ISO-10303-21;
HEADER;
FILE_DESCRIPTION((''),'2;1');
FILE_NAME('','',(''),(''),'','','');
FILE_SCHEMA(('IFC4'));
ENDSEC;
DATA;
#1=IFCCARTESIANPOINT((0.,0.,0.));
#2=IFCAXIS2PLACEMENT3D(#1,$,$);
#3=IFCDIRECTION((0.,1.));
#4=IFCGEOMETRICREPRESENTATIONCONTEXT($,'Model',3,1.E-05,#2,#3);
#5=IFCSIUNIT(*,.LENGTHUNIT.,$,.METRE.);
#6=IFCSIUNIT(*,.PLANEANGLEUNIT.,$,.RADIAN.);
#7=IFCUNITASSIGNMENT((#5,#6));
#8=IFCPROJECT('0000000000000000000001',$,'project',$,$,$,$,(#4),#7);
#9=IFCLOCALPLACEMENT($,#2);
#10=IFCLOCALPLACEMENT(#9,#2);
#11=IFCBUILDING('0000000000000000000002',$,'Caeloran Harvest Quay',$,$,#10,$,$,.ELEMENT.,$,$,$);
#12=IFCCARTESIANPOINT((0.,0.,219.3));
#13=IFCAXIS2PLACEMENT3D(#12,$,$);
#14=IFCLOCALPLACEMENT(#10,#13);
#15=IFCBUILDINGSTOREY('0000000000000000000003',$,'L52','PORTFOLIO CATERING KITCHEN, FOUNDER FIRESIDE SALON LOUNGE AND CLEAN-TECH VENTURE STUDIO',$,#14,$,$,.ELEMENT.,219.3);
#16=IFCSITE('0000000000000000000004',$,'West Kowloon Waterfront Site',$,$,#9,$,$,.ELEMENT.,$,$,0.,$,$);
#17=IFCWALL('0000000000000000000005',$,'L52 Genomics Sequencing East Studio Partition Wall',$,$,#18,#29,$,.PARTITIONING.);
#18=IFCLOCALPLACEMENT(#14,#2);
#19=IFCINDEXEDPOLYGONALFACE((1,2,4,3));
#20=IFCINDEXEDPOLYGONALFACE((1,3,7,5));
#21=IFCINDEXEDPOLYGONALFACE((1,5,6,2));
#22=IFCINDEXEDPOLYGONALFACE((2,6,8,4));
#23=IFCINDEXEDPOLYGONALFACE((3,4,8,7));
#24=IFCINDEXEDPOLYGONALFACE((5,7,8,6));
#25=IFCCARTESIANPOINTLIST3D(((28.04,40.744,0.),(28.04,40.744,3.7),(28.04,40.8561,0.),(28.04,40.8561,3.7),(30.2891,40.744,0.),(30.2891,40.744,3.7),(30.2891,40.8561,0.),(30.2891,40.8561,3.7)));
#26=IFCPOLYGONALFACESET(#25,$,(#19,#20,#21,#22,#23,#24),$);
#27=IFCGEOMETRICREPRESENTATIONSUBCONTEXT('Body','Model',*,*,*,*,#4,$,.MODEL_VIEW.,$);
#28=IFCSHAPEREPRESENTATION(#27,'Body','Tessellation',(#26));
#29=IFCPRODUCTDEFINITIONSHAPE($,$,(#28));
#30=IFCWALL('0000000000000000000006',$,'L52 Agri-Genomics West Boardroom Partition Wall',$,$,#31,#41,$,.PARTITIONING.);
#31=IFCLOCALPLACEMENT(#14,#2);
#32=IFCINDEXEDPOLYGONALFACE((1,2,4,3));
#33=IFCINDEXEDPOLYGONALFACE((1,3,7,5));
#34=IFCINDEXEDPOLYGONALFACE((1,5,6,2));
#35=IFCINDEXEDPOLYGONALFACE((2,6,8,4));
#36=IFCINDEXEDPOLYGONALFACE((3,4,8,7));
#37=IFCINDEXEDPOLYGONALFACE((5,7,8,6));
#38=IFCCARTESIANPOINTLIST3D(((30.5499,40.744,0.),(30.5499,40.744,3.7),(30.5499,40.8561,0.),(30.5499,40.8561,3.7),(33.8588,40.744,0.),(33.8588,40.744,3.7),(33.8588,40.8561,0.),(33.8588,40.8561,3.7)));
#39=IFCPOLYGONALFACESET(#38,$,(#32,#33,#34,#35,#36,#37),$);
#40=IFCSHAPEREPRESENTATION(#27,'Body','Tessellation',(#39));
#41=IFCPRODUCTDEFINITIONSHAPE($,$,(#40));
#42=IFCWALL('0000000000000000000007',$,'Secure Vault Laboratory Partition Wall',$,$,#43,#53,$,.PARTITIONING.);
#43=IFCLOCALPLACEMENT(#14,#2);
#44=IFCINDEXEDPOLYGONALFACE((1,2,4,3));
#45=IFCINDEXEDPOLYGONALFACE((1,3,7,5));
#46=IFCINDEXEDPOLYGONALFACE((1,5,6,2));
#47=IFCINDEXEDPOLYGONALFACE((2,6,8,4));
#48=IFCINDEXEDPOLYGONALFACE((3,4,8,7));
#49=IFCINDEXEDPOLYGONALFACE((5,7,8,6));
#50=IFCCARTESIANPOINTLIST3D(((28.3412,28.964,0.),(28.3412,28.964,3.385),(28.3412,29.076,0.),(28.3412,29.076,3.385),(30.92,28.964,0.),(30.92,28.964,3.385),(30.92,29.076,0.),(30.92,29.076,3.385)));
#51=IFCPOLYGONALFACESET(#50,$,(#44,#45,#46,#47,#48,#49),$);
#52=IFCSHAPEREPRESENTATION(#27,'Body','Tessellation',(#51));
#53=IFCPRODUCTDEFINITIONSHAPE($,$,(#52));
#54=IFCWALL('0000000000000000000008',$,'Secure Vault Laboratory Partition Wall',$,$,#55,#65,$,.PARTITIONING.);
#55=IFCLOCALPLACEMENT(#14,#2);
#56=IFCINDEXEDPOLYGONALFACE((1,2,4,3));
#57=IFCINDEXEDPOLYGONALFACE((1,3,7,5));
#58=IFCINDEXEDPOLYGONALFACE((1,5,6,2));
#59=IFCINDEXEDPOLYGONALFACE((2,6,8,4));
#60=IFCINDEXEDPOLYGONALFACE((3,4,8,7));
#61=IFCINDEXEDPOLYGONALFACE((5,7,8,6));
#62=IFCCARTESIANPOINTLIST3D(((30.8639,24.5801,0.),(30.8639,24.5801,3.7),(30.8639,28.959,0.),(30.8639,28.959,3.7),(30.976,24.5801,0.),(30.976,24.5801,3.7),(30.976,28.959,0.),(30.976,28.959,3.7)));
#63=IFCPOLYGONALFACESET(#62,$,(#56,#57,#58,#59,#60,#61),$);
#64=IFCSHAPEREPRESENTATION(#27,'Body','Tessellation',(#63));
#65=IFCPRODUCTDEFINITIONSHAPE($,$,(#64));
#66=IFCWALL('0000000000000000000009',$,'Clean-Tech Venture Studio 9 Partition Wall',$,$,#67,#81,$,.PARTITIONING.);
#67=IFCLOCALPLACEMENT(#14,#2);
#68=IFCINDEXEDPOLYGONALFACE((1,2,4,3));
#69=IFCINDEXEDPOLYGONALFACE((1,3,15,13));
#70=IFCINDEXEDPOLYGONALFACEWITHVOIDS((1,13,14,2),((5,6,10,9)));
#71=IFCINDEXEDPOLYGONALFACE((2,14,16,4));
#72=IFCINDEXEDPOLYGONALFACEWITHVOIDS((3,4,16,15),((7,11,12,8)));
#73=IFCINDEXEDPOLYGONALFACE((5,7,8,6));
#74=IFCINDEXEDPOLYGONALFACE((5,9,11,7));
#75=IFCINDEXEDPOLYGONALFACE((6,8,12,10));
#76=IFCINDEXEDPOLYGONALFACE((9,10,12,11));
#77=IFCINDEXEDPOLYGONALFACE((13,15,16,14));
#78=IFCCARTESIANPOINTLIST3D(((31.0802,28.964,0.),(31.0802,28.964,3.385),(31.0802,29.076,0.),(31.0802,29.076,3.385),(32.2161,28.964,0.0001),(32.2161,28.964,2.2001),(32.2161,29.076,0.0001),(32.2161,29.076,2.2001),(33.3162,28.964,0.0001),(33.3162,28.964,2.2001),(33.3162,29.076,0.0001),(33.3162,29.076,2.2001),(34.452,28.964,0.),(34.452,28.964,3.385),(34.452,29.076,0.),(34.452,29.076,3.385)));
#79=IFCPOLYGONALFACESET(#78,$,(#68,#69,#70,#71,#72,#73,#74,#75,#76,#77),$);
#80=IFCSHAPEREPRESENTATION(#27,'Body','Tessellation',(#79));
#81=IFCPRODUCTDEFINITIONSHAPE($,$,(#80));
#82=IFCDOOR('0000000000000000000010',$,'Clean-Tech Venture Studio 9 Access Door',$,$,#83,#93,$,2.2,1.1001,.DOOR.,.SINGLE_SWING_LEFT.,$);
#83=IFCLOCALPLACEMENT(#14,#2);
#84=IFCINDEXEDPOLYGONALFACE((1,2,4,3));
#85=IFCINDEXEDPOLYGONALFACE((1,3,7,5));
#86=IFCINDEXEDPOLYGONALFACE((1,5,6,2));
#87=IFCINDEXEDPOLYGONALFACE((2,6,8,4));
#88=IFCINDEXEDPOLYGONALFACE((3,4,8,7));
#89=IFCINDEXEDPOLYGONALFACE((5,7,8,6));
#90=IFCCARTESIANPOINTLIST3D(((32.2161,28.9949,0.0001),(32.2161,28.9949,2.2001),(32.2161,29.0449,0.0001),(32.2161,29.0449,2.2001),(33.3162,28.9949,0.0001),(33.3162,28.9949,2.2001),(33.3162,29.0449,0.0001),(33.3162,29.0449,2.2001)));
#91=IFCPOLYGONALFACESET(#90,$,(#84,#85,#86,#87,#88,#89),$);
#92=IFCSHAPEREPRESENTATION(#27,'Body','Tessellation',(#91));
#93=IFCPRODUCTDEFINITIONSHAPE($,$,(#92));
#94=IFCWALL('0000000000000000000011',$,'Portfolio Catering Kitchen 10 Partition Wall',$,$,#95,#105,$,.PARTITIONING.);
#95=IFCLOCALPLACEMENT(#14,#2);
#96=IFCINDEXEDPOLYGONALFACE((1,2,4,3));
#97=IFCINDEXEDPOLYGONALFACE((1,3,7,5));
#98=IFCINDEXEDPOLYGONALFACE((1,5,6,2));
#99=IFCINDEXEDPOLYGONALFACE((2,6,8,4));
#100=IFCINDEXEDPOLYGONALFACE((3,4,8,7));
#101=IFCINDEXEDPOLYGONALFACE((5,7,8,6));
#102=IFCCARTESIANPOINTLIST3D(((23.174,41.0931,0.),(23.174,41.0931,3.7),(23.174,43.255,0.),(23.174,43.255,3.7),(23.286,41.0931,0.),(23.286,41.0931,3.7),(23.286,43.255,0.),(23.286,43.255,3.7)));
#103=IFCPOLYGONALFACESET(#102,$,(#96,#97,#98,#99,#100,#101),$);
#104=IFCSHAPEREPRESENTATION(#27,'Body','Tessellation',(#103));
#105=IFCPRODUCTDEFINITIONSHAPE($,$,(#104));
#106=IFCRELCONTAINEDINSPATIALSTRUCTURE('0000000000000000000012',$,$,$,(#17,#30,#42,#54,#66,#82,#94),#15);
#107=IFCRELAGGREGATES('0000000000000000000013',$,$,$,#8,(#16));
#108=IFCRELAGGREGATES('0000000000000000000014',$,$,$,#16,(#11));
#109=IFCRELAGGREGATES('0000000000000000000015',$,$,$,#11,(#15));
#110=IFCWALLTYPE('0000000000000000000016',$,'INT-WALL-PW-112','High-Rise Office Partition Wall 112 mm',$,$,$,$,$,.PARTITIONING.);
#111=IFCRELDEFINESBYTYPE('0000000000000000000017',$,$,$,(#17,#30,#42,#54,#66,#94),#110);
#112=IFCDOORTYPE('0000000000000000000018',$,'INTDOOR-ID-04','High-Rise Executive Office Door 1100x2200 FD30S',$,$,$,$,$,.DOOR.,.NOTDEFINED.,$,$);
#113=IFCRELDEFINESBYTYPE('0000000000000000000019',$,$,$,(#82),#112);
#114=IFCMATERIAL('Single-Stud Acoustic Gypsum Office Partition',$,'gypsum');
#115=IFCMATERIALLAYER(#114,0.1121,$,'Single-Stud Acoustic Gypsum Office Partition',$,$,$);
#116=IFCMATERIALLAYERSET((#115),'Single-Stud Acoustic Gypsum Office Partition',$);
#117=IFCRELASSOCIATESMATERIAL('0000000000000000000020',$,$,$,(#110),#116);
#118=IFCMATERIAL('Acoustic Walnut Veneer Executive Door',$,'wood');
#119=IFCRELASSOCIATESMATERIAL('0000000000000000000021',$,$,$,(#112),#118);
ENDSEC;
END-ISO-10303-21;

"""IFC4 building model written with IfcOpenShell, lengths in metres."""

from ifc_helpers import new_model, si_unit, direction, frame, frame_2d, origin, place, context, subcontext, project, spatial, rectangle, extrude, material, layer, layer_set, type_object, element, fill, save


model = new_model("IFC4")

# Units and contexts
model_context = context("Model", 3, precision=1e-05, world=origin(), true_north=direction((0.0, 1.0)))
body_context = subcontext(model_context, "Body", "Model", "MODEL_VIEW")
ifc_project = project(units=[si_unit("LENGTHUNIT", "METRE"), si_unit("PLANEANGLEUNIT", "RADIAN")], contexts=[model_context])

# Site, building, storey
site_placement = place(None, origin())
site = spatial("IfcSite", under=ifc_project, at=site_placement, Name="West Kowloon Waterfront Site", CompositionType="ELEMENT", RefElevation=0.0)
building_placement = place(site_placement, origin())
building = spatial("IfcBuilding", under=site, at=building_placement, Name="Caeloran Harvest Quay", CompositionType="ELEMENT")
storey_placement = place(building_placement, frame((0.0, 0.0, 219.3)))
storey = spatial("IfcBuildingStorey", under=building, at=storey_placement, Name="L52", Description="PORTFOLIO CATERING KITCHEN, FOUNDER FIRESIDE SALON LOUNGE AND CLEAN-TECH VENTURE STUDIO", CompositionType="ELEMENT", Elevation=219.3)

# Shared definitions
ifc_material_1 = material(Name="Single-Stud Acoustic Gypsum Office Partition", Category="gypsum")
ifc_layer = layer(ifc_material_1, 0.1121, Name="Single-Stud Acoustic Gypsum Office Partition")
ifc_layer_set = layer_set([ifc_layer], Name="Single-Stud Acoustic Gypsum Office Partition")
wall_type = type_object("IfcWallType", Name="INT-WALL-PW-112", Description="High-Rise Office Partition Wall 112 mm", PredefinedType="PARTITIONING", material=ifc_layer_set)

# Shared definitions
ifc_material_2 = material(Name="Acoustic Walnut Veneer Executive Door", Category="wood")
door_type = type_object("IfcDoorType", Name="INTDOOR-ID-04", Description="High-Rise Executive Office Door 1100x2200 FD30S", OperationType="NOTDEFINED", PredefinedType="DOOR", material=ifc_material_2)

# Walls
wall_1_placement = place(storey_placement, frame((28.04, 40.8, 0.0), z_axis=(0.0, 0.0, 1.0), x_axis=(1.0, 0.0, 0.0)))
element("IfcWall", 1, at=wall_1_placement, inside=storey, type_object=wall_type, Name="L52 Genomics Sequencing East Studio Partition Wall", PredefinedType="PARTITIONING", context=body_context, shape_type="SweptSolid", body=[
    extrude(rectangle(XDim=2.249, YDim=0.1121, at=frame_2d((1.1245, 0.0))), origin(), (0.0, 0.0, 1.0), 3.7),
])
wall_2_placement = place(storey_placement, frame((30.55, 40.8, 0.0), z_axis=(0.0, 0.0, 1.0), x_axis=(1.0, 0.0, 0.0)))
element("IfcWall", 2, at=wall_2_placement, inside=storey, type_object=wall_type, Name="L52 Agri-Genomics West Boardroom Partition Wall", PredefinedType="PARTITIONING", context=body_context, shape_type="SweptSolid", body=[
    extrude(rectangle(XDim=3.3088, YDim=0.1121, at=frame_2d((1.6543, 0.0))), origin(), (0.0, 0.0, 1.0), 3.7),
])
wall_3_placement = place(storey_placement, frame((28.3411, 29.02, 0.0), z_axis=(0.0, 0.0, 1.0), x_axis=(1.0, 0.0, 0.0)))
element("IfcWall", 3, at=wall_3_placement, inside=storey, type_object=wall_type, Name="Secure Vault Laboratory Partition Wall", PredefinedType="PARTITIONING", context=body_context, shape_type="SweptSolid", body=[
    extrude(rectangle(XDim=2.5789, YDim=0.1121, at=frame_2d((1.2896, 0.0))), origin(), (0.0, 0.0, 1.0), 3.385),
])
wall_4_placement = place(storey_placement, frame((30.9199, 28.959, 0.0), z_axis=(0.0, 0.0, 1.0), x_axis=(0.0, -1.0, 0.0)))
element("IfcWall", 4, at=wall_4_placement, inside=storey, type_object=wall_type, Name="Secure Vault Laboratory Partition Wall", PredefinedType="PARTITIONING", context=body_context, shape_type="SweptSolid", body=[
    extrude(rectangle(XDim=4.3789, YDim=0.1121, at=frame_2d((2.1895, 0.0))), origin(), (0.0, 0.0, 1.0), 3.7),
])

# Wall, opening, door
wall_5_placement = place(storey_placement, frame((31.0801, 29.02, 0.0), z_axis=(0.0, 0.0, 1.0), x_axis=(1.0, 0.0, 0.0)))
wall_5 = element("IfcWall", 5, at=wall_5_placement, inside=storey, type_object=wall_type, Name="Clean-Tech Venture Studio 9 Partition Wall", PredefinedType="PARTITIONING", context=body_context, shape_type="SweptSolid", body=[
    extrude(rectangle(XDim=3.3718, YDim=0.1121, at=frame_2d((1.686, 0.0))), origin(), (0.0, 0.0, 1.0), 3.385),
])
opening_1_placement = place(wall_5_placement, frame((1.136, 0.0, 0.0)))
opening_1 = element("IfcOpeningElement", 6, at=opening_1_placement, cuts=wall_5, PredefinedType="OPENING", context=body_context, shape_type="SweptSolid", body=[
    extrude(rectangle(XDim=1.1001, YDim=2.2, at=frame_2d((0.55, 1.1001))), frame((0.0, 0.0659, 0.0), z_axis=(0.0, -1.0, 0.0), x_axis=(1.0, 0.0, 0.0)), (0.0, 0.0, 1.0), 0.1321),
])
door_1_placement = place(opening_1_placement, origin())
door_1 = element("IfcDoor", 7, at=door_1_placement, inside=storey, type_object=door_type, Name="Clean-Tech Venture Studio 9 Access Door", OperationType="SINGLE_SWING_LEFT", OverallHeight=2.2, OverallWidth=1.1001, PredefinedType="DOOR", context=body_context, shape_type="SweptSolid", body=[
    extrude(rectangle(XDim=1.1001, YDim=2.2, at=frame_2d((0.55, 1.1001))), frame((0.0, 0.0249, 0.0), z_axis=(0.0, -1.0, 0.0), x_axis=(1.0, 0.0, 0.0)), (0.0, 0.0, 1.0), 0.05),
])
fill(opening_1, door_1)

# Wall
wall_6_placement = place(storey_placement, frame((23.23, 41.093, 0.0), z_axis=(0.0, 0.0, 1.0), x_axis=(0.0, 1.0, 0.0)))
element("IfcWall", 8, at=wall_6_placement, inside=storey, type_object=wall_type, Name="Portfolio Catering Kitchen 10 Partition Wall", PredefinedType="PARTITIONING", context=body_context, shape_type="SweptSolid", body=[
    extrude(rectangle(XDim=2.1619, YDim=0.1121, at=frame_2d((1.0811, 0.0))), origin(), (0.0, 0.0, 1.0), 3.7),
])

save(model, "model.ifc")
